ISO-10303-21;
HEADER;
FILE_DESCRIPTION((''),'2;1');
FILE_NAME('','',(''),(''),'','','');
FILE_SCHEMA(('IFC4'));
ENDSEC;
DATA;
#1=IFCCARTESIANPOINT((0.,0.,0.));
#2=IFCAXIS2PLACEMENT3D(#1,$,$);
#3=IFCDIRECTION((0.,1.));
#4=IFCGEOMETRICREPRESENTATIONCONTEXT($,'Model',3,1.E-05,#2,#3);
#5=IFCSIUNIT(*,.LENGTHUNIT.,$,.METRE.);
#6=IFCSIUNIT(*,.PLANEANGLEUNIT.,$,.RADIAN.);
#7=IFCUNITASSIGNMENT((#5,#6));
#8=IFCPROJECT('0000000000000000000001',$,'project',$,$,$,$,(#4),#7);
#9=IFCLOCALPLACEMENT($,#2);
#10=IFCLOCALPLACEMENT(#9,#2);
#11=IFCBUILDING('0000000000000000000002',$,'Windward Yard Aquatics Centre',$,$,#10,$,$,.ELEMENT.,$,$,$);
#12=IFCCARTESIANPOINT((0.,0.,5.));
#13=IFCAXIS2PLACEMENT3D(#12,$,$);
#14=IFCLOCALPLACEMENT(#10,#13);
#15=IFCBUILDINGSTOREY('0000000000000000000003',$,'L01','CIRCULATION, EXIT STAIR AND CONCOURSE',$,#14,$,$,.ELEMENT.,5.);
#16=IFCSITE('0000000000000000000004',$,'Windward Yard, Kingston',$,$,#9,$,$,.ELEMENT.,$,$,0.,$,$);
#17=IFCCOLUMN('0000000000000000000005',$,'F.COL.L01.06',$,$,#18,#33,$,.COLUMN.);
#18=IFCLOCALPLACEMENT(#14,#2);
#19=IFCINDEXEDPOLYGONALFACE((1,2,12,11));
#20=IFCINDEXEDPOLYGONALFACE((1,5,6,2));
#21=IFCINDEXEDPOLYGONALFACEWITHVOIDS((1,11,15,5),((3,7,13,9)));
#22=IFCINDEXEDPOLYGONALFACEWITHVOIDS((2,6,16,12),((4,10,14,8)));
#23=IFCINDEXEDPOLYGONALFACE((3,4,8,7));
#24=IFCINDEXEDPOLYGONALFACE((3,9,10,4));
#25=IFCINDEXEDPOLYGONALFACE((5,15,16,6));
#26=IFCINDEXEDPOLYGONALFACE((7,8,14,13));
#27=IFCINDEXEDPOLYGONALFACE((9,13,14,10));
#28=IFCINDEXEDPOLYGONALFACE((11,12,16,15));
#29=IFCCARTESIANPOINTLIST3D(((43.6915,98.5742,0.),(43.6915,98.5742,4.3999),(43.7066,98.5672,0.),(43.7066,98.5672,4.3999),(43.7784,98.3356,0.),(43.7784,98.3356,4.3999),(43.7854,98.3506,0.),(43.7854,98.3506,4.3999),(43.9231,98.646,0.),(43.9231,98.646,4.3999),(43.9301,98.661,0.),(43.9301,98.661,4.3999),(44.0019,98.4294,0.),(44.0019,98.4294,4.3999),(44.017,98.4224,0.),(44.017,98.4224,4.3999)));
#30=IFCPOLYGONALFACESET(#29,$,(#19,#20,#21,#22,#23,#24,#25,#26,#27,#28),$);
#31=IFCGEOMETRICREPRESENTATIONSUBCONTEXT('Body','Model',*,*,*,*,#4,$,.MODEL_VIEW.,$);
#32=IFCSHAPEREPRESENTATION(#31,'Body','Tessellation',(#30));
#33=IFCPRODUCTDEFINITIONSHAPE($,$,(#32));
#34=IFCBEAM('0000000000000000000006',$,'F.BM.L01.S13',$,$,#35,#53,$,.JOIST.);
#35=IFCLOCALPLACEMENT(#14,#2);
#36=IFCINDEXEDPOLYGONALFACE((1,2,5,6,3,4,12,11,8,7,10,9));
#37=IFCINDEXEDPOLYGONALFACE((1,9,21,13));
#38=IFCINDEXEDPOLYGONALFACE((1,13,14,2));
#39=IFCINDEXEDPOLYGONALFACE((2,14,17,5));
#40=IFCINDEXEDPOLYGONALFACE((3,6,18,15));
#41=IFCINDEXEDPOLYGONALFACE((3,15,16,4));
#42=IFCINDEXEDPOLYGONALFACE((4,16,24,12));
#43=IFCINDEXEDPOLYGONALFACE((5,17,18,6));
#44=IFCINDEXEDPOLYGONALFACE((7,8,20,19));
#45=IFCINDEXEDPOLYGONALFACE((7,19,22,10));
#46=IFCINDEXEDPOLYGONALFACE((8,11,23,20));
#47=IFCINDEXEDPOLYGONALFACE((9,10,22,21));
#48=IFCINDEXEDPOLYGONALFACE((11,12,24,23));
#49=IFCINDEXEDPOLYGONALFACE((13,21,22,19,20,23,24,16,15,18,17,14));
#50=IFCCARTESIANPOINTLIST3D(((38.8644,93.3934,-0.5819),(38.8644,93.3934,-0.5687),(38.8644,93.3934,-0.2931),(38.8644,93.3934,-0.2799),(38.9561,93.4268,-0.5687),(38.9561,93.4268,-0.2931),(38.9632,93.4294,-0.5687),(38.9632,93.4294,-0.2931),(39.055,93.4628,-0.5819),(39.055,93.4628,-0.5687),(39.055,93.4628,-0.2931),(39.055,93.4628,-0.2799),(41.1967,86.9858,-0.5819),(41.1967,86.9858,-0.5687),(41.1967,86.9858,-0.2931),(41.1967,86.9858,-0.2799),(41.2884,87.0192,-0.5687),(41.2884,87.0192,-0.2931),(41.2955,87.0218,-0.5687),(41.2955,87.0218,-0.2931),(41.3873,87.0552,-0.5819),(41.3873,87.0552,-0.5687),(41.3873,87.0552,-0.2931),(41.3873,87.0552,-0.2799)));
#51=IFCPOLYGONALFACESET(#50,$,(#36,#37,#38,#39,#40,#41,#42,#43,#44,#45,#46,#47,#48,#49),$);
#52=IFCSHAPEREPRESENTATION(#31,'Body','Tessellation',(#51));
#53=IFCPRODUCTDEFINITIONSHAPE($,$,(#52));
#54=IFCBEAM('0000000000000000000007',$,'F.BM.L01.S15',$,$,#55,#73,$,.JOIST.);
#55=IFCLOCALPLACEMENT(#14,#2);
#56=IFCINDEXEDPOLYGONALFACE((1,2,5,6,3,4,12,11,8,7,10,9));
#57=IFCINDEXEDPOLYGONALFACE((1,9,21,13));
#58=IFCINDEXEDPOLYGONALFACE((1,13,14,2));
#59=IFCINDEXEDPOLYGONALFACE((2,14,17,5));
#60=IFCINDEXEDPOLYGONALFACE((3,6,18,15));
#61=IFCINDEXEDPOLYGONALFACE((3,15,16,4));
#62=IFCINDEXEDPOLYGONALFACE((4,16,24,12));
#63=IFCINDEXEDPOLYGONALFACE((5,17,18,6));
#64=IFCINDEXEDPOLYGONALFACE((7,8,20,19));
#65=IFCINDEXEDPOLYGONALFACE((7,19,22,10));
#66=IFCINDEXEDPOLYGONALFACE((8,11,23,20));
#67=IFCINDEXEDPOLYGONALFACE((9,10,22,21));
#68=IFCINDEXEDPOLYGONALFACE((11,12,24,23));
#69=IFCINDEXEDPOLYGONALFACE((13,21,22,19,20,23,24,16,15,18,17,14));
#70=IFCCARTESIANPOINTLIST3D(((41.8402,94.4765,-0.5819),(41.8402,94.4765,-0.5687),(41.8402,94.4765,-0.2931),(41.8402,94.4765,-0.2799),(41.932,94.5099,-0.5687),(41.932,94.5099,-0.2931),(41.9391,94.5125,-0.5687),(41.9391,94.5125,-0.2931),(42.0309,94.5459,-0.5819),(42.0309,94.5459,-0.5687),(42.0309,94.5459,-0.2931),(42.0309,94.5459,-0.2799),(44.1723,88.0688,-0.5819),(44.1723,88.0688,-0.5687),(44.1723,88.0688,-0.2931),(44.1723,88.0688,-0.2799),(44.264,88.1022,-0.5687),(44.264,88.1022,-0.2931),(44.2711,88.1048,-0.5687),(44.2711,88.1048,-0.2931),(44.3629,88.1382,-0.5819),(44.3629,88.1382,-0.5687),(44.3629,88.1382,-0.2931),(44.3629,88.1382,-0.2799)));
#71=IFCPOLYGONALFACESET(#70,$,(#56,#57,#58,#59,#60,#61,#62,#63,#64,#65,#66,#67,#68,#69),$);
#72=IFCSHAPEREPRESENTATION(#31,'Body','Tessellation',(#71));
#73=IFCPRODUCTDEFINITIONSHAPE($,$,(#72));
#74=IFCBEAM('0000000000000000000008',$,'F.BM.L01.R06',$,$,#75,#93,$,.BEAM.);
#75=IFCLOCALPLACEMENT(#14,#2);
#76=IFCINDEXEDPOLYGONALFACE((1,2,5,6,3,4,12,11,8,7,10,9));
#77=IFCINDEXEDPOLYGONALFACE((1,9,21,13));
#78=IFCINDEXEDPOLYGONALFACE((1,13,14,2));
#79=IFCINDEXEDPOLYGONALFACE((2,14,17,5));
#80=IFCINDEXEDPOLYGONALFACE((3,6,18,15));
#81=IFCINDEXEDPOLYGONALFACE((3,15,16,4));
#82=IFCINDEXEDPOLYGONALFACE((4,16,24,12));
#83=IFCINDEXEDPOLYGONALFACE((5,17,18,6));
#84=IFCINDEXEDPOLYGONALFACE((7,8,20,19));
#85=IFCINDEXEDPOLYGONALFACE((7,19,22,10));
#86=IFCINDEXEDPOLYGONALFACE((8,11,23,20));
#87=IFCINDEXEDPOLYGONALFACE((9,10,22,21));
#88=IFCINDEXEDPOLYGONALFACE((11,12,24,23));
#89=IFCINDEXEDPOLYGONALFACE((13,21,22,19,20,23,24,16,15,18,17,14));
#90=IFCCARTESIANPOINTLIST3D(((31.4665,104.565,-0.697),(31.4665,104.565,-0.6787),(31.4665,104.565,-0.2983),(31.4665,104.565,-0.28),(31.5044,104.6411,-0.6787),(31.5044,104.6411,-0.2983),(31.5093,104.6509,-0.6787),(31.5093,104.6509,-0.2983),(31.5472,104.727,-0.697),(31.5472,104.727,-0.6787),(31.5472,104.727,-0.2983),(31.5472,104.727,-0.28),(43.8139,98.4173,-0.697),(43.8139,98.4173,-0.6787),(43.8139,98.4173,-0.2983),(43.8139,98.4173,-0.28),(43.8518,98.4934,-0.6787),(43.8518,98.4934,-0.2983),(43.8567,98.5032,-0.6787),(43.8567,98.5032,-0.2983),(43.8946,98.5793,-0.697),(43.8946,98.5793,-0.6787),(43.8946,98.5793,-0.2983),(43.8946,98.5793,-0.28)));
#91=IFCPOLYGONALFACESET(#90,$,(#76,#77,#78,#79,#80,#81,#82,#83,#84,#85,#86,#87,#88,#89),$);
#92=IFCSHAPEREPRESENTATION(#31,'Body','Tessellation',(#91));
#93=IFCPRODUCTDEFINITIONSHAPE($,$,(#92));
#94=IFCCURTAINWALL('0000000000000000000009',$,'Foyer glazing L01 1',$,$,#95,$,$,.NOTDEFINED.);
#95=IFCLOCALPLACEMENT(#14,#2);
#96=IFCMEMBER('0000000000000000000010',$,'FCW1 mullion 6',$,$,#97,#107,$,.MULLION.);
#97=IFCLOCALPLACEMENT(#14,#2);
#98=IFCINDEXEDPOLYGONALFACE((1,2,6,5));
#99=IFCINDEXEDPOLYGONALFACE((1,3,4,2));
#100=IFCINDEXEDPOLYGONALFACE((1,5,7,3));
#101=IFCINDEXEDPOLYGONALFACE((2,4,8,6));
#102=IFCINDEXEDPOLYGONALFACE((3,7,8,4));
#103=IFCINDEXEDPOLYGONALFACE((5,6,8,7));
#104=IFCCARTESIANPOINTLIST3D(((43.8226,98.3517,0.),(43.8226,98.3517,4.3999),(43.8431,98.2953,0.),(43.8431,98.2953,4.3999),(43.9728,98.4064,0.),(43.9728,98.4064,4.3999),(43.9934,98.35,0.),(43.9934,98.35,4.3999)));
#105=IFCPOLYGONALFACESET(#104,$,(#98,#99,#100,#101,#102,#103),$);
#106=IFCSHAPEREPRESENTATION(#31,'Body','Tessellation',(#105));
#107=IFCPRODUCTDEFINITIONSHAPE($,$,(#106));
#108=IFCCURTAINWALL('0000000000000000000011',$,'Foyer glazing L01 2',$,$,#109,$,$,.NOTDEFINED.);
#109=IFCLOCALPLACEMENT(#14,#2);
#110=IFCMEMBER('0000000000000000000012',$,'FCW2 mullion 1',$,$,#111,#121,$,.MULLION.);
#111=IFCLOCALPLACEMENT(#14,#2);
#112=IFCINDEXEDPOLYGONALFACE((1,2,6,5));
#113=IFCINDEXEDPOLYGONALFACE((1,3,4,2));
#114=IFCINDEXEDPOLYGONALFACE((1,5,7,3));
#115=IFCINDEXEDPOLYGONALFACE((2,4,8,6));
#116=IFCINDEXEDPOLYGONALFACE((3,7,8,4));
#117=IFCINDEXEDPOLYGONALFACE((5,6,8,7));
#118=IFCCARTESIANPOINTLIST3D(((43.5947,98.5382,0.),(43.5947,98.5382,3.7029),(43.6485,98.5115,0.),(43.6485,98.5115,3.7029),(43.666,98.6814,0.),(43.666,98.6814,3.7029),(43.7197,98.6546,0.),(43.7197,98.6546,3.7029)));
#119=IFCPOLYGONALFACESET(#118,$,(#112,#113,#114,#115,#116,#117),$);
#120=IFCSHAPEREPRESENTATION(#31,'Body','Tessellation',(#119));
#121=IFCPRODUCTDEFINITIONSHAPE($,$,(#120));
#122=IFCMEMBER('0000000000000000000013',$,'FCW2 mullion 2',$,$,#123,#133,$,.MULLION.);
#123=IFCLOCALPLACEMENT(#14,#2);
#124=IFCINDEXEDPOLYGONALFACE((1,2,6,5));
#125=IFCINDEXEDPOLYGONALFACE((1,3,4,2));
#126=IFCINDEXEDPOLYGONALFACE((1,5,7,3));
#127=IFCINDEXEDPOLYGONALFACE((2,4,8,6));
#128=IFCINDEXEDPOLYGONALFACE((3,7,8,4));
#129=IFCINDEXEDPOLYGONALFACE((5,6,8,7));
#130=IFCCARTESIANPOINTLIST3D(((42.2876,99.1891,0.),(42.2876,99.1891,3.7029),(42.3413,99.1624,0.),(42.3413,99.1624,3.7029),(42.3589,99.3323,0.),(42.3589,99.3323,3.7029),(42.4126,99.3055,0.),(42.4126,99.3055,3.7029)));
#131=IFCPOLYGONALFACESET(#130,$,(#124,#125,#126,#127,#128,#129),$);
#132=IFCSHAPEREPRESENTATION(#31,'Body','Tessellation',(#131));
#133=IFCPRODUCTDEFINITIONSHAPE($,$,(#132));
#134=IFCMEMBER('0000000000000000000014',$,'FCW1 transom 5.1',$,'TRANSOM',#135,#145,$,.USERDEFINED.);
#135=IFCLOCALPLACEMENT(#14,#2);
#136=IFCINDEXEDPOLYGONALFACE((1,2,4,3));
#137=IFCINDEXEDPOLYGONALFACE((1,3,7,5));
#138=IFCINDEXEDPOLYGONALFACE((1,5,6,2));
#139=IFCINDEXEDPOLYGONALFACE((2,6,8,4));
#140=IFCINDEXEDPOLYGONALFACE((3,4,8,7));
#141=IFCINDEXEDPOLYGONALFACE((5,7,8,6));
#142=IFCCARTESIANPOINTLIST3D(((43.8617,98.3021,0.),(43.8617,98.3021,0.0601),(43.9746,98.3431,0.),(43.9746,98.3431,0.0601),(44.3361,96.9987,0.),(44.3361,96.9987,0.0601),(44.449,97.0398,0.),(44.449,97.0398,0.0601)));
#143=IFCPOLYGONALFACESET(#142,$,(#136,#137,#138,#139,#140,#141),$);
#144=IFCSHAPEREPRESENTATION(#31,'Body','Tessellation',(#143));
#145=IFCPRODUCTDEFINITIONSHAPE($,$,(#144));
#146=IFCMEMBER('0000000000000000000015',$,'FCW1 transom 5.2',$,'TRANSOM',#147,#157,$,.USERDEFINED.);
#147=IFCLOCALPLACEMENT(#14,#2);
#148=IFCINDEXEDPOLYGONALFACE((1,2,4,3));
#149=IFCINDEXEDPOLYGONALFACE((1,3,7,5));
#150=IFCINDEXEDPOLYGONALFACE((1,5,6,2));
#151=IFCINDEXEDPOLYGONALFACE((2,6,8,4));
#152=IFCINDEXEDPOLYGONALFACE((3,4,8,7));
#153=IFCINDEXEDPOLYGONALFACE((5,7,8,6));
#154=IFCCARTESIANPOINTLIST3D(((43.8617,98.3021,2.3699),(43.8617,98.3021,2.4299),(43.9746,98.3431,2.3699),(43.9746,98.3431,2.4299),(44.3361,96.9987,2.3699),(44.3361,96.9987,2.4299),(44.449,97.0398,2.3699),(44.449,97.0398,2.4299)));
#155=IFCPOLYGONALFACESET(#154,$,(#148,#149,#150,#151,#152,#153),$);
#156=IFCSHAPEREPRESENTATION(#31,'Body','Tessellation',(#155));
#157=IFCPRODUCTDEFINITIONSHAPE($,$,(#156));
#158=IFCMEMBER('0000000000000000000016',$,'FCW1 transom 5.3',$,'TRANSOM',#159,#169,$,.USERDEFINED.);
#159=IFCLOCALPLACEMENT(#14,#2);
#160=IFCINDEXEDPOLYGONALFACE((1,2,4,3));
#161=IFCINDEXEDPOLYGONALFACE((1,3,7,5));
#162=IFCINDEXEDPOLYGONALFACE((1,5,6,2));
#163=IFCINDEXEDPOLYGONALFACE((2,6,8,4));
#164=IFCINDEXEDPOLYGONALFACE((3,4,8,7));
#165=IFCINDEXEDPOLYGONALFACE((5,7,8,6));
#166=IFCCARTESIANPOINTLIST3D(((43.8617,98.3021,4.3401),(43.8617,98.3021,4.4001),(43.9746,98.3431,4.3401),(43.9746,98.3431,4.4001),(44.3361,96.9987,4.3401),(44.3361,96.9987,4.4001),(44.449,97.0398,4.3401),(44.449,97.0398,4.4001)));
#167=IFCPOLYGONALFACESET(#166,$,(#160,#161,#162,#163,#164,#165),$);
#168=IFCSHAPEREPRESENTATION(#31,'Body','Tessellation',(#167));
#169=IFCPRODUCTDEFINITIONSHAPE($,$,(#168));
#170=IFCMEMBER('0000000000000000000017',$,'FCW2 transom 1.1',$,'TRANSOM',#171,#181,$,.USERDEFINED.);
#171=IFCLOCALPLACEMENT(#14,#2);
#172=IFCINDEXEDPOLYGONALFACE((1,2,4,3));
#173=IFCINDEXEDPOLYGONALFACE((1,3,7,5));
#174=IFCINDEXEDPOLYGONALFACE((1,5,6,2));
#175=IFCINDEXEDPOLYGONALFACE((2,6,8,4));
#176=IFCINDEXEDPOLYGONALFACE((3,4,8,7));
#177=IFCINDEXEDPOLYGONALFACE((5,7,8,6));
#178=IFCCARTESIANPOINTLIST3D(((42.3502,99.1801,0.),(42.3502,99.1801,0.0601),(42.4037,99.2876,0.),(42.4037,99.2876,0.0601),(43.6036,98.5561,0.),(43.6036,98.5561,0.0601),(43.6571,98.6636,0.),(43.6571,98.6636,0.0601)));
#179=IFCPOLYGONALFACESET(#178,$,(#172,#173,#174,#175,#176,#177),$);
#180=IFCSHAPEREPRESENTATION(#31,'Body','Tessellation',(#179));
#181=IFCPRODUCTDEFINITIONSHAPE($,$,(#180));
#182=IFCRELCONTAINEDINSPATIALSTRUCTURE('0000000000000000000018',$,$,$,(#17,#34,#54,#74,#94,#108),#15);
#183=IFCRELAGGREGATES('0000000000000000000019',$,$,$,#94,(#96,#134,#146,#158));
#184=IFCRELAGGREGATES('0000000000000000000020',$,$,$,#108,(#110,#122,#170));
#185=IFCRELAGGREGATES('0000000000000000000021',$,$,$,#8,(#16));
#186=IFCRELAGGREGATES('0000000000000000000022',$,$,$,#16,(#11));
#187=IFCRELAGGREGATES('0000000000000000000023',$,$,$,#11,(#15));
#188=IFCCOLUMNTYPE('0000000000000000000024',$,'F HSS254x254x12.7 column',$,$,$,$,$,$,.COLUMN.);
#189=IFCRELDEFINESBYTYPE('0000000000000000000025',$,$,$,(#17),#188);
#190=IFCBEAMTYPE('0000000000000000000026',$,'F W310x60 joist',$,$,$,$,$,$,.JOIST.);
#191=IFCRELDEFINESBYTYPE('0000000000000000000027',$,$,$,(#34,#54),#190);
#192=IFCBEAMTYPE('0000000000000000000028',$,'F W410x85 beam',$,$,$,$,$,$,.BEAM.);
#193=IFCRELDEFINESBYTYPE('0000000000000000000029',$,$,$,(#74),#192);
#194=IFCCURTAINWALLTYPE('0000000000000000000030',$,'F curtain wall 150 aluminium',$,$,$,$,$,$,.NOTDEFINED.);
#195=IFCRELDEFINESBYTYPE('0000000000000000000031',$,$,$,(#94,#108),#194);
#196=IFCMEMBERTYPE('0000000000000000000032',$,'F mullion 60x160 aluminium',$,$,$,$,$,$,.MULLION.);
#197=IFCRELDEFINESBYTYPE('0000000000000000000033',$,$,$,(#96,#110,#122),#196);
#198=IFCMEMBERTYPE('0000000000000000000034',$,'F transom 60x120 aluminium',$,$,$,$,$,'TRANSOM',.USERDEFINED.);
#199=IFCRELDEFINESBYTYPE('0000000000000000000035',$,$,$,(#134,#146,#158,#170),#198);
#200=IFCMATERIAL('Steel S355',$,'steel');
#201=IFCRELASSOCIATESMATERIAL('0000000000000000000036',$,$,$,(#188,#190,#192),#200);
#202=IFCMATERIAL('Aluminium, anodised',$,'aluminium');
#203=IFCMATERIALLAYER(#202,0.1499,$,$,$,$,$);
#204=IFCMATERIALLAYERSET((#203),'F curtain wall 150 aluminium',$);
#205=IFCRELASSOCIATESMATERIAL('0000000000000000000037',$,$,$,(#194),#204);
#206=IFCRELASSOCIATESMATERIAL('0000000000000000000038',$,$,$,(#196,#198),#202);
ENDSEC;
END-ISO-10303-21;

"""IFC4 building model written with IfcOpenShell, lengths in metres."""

from ifc_helpers import new_model, si_unit, direction, frame, origin, origin_2d, place, context, subcontext, project, spatial, rectangle, hollow_rectangle, i_section, extrude, material, layer, layer_set, material_profile, profile_set, type_object, element, aggregate, save


model = new_model("IFC4")

# Units and contexts
model_context = context("Model", 3, precision=1e-05, world=origin(), true_north=direction((0.0, 1.0)))
body_context = subcontext(model_context, "Body", "Model", "MODEL_VIEW")
ifc_project = project(units=[si_unit("LENGTHUNIT", "METRE"), si_unit("PLANEANGLEUNIT", "RADIAN")], contexts=[model_context])

# Site, building, storey
site_placement = place(None, origin())
site = spatial("IfcSite", under=ifc_project, at=site_placement, Name="Windward Yard, Kingston", CompositionType="ELEMENT", RefElevation=0.0)
building_placement = place(site_placement, origin())
building = spatial("IfcBuilding", under=site, at=building_placement, Name="Windward Yard Aquatics Centre", CompositionType="ELEMENT")
storey_placement = place(building_placement, frame((0.0, 0.0, 5.0)))
storey = spatial("IfcBuildingStorey", under=building, at=storey_placement, Name="L01", Description="CIRCULATION, EXIT STAIR AND CONCOURSE", CompositionType="ELEMENT", Elevation=5.0)

# Column
ifc_material_1 = material(Name="Steel S355", Category="steel")
ifc_material_profile_1 = material_profile(ifc_material_1, hollow_rectangle(XDim=0.2539, YDim=0.2539, WallThickness=0.0117, at=origin_2d()), Name="HSS254x254x12.7")
ifc_profile_set_1 = profile_set([ifc_material_profile_1], Name="Steel S355")
column_type = type_object("IfcColumnType", Name="F HSS254x254x12.7 column", PredefinedType="COLUMN", material=ifc_profile_set_1)
column_placement = place(storey_placement, frame((43.8542, 98.4983, 0.0), z_axis=(0.0, 0.0, 1.0), x_axis=(0.939693, 0.34202, 0.0)))
element("IfcColumn", 1, at=column_placement, inside=storey, type_object=column_type, Name="F.COL.L01.06", PredefinedType="COLUMN", context=body_context, shape_type="SweptSolid", body=[
    extrude(hollow_rectangle(XDim=0.2539, YDim=0.2539, WallThickness=0.0117, at=origin_2d()), origin(), (0.0, 0.0, 1.0), 4.3999),
])

# Beams
ifc_material_profile_2 = material_profile(ifc_material_1, i_section(OverallWidth=0.2029, OverallDepth=0.302, WebThickness=0.0076, FlangeThickness=0.0132, at=origin_2d()), Name="W310x60")
ifc_profile_set_2 = profile_set([ifc_material_profile_2], Name="Steel S355")
beam_type_1 = type_object("IfcBeamType", Name="F W310x60 joist", PredefinedType="JOIST", material=ifc_profile_set_2)
for number, where, z_axis, x_axis, name in (
    (2, (41.292, 87.0205, -0.4309), (-0.342039, 0.939686, 0.0), (-0.939686, -0.342039, 0.0), "F.BM.L01.S13"),
    (3, (44.2676, 88.1035, -0.4309), (-0.341996, 0.939701, 0.0), (-0.939701, -0.341996, 0.0), "F.BM.L01.S15"),
):
    element("IfcBeam", number, at=place(storey_placement, frame(where, z_axis=z_axis, x_axis=x_axis)), inside=storey, type_object=beam_type_1, Name=name, PredefinedType="JOIST", context=body_context, shape_type="SweptSolid", body=[
        extrude(i_section(OverallWidth=0.2029, OverallDepth=0.302, WebThickness=0.0076, FlangeThickness=0.0132, at=origin_2d()), origin(), (0.0, 0.0, 1.0), 6.8188),
    ])
ifc_material_profile_3 = material_profile(ifc_material_1, i_section(OverallWidth=0.1809, OverallDepth=0.417, WebThickness=0.011, FlangeThickness=0.0183, at=origin_2d()), Name="W410x85")
ifc_profile_set_3 = profile_set([ifc_material_profile_3], Name="Steel S355")
beam_type_2 = type_object("IfcBeamType", Name="F W410x85 beam", PredefinedType="BEAM", material=ifc_profile_set_3)
beam_placement = place(storey_placement, frame((43.8542, 98.4983, -0.4885), z_axis=(-0.89518, 0.445705, 0.0), x_axis=(-0.445705, -0.89518, 0.0)))
element("IfcBeam", 4, at=beam_placement, inside=storey, type_object=beam_type_2, Name="F.BM.L01.R06", PredefinedType="BEAM", context=body_context, shape_type="SweptSolid", body=[
    extrude(i_section(OverallWidth=0.1809, OverallDepth=0.417, WebThickness=0.011, FlangeThickness=0.0183, at=origin_2d()), origin(), (0.0, 0.0, 1.0), 13.7932),
])

# Curtain wall, member
ifc_material_2 = material(Name="Aluminium, anodised", Category="aluminium")
ifc_layer_1 = layer(ifc_material_2, 0.1499)
ifc_layer_set_1 = layer_set([ifc_layer_1], Name="F curtain wall 150 aluminium")
curtain_wall_type = type_object("IfcCurtainWallType", Name="F curtain wall 150 aluminium", PredefinedType="NOTDEFINED", material=ifc_layer_set_1)
curtain_wall_1_placement = place(storey_placement, origin())
curtain_wall_1 = element("IfcCurtainWall", 5, at=curtain_wall_1_placement, inside=storey, type_object=curtain_wall_type, Name="Foyer glazing L01 1", PredefinedType="NOTDEFINED")
ifc_material_profile_4 = material_profile(ifc_material_2, rectangle(XDim=0.1599, YDim=0.0601, at=origin_2d()), Name="MULLION 60x160")
ifc_profile_set_4 = profile_set([ifc_material_profile_4], Name="Aluminium, anodised")
member_type_1 = type_object("IfcMemberType", Name="F mullion 60x160 aluminium", PredefinedType="MULLION", material=ifc_profile_set_4)
member_1_placement = place(storey_placement, frame((43.908, 98.3508, 0.0), z_axis=(0.0, 0.0, 1.0), x_axis=(-0.939691, -0.342025, 0.0)))
member_1 = element("IfcMember", 6, at=member_1_placement, type_object=member_type_1, Name="FCW1 mullion 6", PredefinedType="MULLION", context=body_context, shape_type="SweptSolid", body=[
    extrude(rectangle(XDim=0.1599, YDim=0.0601, at=origin_2d()), origin(), (0.0, 0.0, 1.0), 4.3999),
])

# Curtain wall, members
curtain_wall_2_placement = place(storey_placement, origin())
curtain_wall_2 = element("IfcCurtainWall", 7, at=curtain_wall_2_placement, inside=storey, type_object=curtain_wall_type, Name="Foyer glazing L01 2", PredefinedType="NOTDEFINED")
member_2_placement = place(storey_placement, frame((43.6572, 98.5964, 0.0), z_axis=(0.0, 0.0, 1.0), x_axis=(-0.445707, -0.895179, 0.0)))
member_2 = element("IfcMember", 8, at=member_2_placement, type_object=member_type_1, Name="FCW2 mullion 1", PredefinedType="MULLION", context=body_context, shape_type="SweptSolid", body=[
    extrude(rectangle(XDim=0.1599, YDim=0.0601, at=origin_2d()), origin(), (0.0, 0.0, 1.0), 3.7029),
])
member_3_placement = place(storey_placement, frame((42.3501, 99.2473, 0.0), z_axis=(0.0, 0.0, 1.0), x_axis=(-0.445707, -0.895179, 0.0)))
member_3 = element("IfcMember", 9, at=member_3_placement, type_object=member_type_1, Name="FCW2 mullion 2", PredefinedType="MULLION", context=body_context, shape_type="SweptSolid", body=[
    extrude(rectangle(XDim=0.1599, YDim=0.0601, at=origin_2d()), origin(), (0.0, 0.0, 1.0), 3.7029),
])

# Members
ifc_material_profile_5 = material_profile(ifc_material_2, rectangle(XDim=0.1201, YDim=0.0601, at=origin_2d()), Name="TRANSOM 60x120")
ifc_profile_set_5 = profile_set([ifc_material_profile_5], Name="Aluminium, anodised")
member_type_2 = type_object("IfcMemberType", Name="F transom 60x120 aluminium", ElementType="TRANSOM", PredefinedType="USERDEFINED", material=ifc_profile_set_5)
member_4_placement = place(storey_placement, frame((44.3926, 97.0193, 0.03), z_axis=(-0.34204, 0.939685, 0.0), x_axis=(-0.939685, -0.34204, 0.0)))
member_4 = element("IfcMember", 10, at=member_4_placement, type_object=member_type_2, Name="FCW1 transom 5.1", ObjectType="TRANSOM", PredefinedType="USERDEFINED", context=body_context, shape_type="SweptSolid", body=[
    extrude(rectangle(XDim=0.1201, YDim=0.0601, at=origin_2d()), origin(), (0.0, 0.0, 1.0), 1.387),
])
member_5_placement = place(storey_placement, frame((44.3926, 97.0193, 2.3999), z_axis=(-0.34204, 0.939685, 0.0), x_axis=(-0.939685, -0.34204, 0.0)))
member_5 = element("IfcMember", 11, at=member_5_placement, type_object=member_type_2, Name="FCW1 transom 5.2", ObjectType="TRANSOM", PredefinedType="USERDEFINED", context=body_context, shape_type="SweptSolid", body=[
    extrude(rectangle(XDim=0.1201, YDim=0.0601, at=origin_2d()), origin(), (0.0, 0.0, 1.0), 1.387),
])
member_6_placement = place(storey_placement, frame((44.3926, 97.0193, 4.3701), z_axis=(-0.34204, 0.939685, 0.0), x_axis=(-0.939685, -0.34204, 0.0)))
member_6 = element("IfcMember", 12, at=member_6_placement, type_object=member_type_2, Name="FCW1 transom 5.3", ObjectType="TRANSOM", PredefinedType="USERDEFINED", context=body_context, shape_type="SweptSolid", body=[
    extrude(rectangle(XDim=0.1201, YDim=0.0601, at=origin_2d()), origin(), (0.0, 0.0, 1.0), 1.387),
])
member_7_placement = place(storey_placement, frame((43.6304, 98.6099, 0.03), z_axis=(-0.895193, 0.445679, 0.0), x_axis=(-0.445679, -0.895193, 0.0)))
member_7 = element("IfcMember", 13, at=member_7_placement, type_object=member_type_2, Name="FCW2 transom 1.1", ObjectType="TRANSOM", PredefinedType="USERDEFINED", context=body_context, shape_type="SweptSolid", body=[
    extrude(rectangle(XDim=0.1201, YDim=0.0601, at=origin_2d()), origin(), (0.0, 0.0, 1.0), 1.4001),
])

aggregate(curtain_wall_1, [member_1, member_4, member_5, member_6])
aggregate(curtain_wall_2, [member_2, member_3, member_7])

save(model, "model.ifc")
